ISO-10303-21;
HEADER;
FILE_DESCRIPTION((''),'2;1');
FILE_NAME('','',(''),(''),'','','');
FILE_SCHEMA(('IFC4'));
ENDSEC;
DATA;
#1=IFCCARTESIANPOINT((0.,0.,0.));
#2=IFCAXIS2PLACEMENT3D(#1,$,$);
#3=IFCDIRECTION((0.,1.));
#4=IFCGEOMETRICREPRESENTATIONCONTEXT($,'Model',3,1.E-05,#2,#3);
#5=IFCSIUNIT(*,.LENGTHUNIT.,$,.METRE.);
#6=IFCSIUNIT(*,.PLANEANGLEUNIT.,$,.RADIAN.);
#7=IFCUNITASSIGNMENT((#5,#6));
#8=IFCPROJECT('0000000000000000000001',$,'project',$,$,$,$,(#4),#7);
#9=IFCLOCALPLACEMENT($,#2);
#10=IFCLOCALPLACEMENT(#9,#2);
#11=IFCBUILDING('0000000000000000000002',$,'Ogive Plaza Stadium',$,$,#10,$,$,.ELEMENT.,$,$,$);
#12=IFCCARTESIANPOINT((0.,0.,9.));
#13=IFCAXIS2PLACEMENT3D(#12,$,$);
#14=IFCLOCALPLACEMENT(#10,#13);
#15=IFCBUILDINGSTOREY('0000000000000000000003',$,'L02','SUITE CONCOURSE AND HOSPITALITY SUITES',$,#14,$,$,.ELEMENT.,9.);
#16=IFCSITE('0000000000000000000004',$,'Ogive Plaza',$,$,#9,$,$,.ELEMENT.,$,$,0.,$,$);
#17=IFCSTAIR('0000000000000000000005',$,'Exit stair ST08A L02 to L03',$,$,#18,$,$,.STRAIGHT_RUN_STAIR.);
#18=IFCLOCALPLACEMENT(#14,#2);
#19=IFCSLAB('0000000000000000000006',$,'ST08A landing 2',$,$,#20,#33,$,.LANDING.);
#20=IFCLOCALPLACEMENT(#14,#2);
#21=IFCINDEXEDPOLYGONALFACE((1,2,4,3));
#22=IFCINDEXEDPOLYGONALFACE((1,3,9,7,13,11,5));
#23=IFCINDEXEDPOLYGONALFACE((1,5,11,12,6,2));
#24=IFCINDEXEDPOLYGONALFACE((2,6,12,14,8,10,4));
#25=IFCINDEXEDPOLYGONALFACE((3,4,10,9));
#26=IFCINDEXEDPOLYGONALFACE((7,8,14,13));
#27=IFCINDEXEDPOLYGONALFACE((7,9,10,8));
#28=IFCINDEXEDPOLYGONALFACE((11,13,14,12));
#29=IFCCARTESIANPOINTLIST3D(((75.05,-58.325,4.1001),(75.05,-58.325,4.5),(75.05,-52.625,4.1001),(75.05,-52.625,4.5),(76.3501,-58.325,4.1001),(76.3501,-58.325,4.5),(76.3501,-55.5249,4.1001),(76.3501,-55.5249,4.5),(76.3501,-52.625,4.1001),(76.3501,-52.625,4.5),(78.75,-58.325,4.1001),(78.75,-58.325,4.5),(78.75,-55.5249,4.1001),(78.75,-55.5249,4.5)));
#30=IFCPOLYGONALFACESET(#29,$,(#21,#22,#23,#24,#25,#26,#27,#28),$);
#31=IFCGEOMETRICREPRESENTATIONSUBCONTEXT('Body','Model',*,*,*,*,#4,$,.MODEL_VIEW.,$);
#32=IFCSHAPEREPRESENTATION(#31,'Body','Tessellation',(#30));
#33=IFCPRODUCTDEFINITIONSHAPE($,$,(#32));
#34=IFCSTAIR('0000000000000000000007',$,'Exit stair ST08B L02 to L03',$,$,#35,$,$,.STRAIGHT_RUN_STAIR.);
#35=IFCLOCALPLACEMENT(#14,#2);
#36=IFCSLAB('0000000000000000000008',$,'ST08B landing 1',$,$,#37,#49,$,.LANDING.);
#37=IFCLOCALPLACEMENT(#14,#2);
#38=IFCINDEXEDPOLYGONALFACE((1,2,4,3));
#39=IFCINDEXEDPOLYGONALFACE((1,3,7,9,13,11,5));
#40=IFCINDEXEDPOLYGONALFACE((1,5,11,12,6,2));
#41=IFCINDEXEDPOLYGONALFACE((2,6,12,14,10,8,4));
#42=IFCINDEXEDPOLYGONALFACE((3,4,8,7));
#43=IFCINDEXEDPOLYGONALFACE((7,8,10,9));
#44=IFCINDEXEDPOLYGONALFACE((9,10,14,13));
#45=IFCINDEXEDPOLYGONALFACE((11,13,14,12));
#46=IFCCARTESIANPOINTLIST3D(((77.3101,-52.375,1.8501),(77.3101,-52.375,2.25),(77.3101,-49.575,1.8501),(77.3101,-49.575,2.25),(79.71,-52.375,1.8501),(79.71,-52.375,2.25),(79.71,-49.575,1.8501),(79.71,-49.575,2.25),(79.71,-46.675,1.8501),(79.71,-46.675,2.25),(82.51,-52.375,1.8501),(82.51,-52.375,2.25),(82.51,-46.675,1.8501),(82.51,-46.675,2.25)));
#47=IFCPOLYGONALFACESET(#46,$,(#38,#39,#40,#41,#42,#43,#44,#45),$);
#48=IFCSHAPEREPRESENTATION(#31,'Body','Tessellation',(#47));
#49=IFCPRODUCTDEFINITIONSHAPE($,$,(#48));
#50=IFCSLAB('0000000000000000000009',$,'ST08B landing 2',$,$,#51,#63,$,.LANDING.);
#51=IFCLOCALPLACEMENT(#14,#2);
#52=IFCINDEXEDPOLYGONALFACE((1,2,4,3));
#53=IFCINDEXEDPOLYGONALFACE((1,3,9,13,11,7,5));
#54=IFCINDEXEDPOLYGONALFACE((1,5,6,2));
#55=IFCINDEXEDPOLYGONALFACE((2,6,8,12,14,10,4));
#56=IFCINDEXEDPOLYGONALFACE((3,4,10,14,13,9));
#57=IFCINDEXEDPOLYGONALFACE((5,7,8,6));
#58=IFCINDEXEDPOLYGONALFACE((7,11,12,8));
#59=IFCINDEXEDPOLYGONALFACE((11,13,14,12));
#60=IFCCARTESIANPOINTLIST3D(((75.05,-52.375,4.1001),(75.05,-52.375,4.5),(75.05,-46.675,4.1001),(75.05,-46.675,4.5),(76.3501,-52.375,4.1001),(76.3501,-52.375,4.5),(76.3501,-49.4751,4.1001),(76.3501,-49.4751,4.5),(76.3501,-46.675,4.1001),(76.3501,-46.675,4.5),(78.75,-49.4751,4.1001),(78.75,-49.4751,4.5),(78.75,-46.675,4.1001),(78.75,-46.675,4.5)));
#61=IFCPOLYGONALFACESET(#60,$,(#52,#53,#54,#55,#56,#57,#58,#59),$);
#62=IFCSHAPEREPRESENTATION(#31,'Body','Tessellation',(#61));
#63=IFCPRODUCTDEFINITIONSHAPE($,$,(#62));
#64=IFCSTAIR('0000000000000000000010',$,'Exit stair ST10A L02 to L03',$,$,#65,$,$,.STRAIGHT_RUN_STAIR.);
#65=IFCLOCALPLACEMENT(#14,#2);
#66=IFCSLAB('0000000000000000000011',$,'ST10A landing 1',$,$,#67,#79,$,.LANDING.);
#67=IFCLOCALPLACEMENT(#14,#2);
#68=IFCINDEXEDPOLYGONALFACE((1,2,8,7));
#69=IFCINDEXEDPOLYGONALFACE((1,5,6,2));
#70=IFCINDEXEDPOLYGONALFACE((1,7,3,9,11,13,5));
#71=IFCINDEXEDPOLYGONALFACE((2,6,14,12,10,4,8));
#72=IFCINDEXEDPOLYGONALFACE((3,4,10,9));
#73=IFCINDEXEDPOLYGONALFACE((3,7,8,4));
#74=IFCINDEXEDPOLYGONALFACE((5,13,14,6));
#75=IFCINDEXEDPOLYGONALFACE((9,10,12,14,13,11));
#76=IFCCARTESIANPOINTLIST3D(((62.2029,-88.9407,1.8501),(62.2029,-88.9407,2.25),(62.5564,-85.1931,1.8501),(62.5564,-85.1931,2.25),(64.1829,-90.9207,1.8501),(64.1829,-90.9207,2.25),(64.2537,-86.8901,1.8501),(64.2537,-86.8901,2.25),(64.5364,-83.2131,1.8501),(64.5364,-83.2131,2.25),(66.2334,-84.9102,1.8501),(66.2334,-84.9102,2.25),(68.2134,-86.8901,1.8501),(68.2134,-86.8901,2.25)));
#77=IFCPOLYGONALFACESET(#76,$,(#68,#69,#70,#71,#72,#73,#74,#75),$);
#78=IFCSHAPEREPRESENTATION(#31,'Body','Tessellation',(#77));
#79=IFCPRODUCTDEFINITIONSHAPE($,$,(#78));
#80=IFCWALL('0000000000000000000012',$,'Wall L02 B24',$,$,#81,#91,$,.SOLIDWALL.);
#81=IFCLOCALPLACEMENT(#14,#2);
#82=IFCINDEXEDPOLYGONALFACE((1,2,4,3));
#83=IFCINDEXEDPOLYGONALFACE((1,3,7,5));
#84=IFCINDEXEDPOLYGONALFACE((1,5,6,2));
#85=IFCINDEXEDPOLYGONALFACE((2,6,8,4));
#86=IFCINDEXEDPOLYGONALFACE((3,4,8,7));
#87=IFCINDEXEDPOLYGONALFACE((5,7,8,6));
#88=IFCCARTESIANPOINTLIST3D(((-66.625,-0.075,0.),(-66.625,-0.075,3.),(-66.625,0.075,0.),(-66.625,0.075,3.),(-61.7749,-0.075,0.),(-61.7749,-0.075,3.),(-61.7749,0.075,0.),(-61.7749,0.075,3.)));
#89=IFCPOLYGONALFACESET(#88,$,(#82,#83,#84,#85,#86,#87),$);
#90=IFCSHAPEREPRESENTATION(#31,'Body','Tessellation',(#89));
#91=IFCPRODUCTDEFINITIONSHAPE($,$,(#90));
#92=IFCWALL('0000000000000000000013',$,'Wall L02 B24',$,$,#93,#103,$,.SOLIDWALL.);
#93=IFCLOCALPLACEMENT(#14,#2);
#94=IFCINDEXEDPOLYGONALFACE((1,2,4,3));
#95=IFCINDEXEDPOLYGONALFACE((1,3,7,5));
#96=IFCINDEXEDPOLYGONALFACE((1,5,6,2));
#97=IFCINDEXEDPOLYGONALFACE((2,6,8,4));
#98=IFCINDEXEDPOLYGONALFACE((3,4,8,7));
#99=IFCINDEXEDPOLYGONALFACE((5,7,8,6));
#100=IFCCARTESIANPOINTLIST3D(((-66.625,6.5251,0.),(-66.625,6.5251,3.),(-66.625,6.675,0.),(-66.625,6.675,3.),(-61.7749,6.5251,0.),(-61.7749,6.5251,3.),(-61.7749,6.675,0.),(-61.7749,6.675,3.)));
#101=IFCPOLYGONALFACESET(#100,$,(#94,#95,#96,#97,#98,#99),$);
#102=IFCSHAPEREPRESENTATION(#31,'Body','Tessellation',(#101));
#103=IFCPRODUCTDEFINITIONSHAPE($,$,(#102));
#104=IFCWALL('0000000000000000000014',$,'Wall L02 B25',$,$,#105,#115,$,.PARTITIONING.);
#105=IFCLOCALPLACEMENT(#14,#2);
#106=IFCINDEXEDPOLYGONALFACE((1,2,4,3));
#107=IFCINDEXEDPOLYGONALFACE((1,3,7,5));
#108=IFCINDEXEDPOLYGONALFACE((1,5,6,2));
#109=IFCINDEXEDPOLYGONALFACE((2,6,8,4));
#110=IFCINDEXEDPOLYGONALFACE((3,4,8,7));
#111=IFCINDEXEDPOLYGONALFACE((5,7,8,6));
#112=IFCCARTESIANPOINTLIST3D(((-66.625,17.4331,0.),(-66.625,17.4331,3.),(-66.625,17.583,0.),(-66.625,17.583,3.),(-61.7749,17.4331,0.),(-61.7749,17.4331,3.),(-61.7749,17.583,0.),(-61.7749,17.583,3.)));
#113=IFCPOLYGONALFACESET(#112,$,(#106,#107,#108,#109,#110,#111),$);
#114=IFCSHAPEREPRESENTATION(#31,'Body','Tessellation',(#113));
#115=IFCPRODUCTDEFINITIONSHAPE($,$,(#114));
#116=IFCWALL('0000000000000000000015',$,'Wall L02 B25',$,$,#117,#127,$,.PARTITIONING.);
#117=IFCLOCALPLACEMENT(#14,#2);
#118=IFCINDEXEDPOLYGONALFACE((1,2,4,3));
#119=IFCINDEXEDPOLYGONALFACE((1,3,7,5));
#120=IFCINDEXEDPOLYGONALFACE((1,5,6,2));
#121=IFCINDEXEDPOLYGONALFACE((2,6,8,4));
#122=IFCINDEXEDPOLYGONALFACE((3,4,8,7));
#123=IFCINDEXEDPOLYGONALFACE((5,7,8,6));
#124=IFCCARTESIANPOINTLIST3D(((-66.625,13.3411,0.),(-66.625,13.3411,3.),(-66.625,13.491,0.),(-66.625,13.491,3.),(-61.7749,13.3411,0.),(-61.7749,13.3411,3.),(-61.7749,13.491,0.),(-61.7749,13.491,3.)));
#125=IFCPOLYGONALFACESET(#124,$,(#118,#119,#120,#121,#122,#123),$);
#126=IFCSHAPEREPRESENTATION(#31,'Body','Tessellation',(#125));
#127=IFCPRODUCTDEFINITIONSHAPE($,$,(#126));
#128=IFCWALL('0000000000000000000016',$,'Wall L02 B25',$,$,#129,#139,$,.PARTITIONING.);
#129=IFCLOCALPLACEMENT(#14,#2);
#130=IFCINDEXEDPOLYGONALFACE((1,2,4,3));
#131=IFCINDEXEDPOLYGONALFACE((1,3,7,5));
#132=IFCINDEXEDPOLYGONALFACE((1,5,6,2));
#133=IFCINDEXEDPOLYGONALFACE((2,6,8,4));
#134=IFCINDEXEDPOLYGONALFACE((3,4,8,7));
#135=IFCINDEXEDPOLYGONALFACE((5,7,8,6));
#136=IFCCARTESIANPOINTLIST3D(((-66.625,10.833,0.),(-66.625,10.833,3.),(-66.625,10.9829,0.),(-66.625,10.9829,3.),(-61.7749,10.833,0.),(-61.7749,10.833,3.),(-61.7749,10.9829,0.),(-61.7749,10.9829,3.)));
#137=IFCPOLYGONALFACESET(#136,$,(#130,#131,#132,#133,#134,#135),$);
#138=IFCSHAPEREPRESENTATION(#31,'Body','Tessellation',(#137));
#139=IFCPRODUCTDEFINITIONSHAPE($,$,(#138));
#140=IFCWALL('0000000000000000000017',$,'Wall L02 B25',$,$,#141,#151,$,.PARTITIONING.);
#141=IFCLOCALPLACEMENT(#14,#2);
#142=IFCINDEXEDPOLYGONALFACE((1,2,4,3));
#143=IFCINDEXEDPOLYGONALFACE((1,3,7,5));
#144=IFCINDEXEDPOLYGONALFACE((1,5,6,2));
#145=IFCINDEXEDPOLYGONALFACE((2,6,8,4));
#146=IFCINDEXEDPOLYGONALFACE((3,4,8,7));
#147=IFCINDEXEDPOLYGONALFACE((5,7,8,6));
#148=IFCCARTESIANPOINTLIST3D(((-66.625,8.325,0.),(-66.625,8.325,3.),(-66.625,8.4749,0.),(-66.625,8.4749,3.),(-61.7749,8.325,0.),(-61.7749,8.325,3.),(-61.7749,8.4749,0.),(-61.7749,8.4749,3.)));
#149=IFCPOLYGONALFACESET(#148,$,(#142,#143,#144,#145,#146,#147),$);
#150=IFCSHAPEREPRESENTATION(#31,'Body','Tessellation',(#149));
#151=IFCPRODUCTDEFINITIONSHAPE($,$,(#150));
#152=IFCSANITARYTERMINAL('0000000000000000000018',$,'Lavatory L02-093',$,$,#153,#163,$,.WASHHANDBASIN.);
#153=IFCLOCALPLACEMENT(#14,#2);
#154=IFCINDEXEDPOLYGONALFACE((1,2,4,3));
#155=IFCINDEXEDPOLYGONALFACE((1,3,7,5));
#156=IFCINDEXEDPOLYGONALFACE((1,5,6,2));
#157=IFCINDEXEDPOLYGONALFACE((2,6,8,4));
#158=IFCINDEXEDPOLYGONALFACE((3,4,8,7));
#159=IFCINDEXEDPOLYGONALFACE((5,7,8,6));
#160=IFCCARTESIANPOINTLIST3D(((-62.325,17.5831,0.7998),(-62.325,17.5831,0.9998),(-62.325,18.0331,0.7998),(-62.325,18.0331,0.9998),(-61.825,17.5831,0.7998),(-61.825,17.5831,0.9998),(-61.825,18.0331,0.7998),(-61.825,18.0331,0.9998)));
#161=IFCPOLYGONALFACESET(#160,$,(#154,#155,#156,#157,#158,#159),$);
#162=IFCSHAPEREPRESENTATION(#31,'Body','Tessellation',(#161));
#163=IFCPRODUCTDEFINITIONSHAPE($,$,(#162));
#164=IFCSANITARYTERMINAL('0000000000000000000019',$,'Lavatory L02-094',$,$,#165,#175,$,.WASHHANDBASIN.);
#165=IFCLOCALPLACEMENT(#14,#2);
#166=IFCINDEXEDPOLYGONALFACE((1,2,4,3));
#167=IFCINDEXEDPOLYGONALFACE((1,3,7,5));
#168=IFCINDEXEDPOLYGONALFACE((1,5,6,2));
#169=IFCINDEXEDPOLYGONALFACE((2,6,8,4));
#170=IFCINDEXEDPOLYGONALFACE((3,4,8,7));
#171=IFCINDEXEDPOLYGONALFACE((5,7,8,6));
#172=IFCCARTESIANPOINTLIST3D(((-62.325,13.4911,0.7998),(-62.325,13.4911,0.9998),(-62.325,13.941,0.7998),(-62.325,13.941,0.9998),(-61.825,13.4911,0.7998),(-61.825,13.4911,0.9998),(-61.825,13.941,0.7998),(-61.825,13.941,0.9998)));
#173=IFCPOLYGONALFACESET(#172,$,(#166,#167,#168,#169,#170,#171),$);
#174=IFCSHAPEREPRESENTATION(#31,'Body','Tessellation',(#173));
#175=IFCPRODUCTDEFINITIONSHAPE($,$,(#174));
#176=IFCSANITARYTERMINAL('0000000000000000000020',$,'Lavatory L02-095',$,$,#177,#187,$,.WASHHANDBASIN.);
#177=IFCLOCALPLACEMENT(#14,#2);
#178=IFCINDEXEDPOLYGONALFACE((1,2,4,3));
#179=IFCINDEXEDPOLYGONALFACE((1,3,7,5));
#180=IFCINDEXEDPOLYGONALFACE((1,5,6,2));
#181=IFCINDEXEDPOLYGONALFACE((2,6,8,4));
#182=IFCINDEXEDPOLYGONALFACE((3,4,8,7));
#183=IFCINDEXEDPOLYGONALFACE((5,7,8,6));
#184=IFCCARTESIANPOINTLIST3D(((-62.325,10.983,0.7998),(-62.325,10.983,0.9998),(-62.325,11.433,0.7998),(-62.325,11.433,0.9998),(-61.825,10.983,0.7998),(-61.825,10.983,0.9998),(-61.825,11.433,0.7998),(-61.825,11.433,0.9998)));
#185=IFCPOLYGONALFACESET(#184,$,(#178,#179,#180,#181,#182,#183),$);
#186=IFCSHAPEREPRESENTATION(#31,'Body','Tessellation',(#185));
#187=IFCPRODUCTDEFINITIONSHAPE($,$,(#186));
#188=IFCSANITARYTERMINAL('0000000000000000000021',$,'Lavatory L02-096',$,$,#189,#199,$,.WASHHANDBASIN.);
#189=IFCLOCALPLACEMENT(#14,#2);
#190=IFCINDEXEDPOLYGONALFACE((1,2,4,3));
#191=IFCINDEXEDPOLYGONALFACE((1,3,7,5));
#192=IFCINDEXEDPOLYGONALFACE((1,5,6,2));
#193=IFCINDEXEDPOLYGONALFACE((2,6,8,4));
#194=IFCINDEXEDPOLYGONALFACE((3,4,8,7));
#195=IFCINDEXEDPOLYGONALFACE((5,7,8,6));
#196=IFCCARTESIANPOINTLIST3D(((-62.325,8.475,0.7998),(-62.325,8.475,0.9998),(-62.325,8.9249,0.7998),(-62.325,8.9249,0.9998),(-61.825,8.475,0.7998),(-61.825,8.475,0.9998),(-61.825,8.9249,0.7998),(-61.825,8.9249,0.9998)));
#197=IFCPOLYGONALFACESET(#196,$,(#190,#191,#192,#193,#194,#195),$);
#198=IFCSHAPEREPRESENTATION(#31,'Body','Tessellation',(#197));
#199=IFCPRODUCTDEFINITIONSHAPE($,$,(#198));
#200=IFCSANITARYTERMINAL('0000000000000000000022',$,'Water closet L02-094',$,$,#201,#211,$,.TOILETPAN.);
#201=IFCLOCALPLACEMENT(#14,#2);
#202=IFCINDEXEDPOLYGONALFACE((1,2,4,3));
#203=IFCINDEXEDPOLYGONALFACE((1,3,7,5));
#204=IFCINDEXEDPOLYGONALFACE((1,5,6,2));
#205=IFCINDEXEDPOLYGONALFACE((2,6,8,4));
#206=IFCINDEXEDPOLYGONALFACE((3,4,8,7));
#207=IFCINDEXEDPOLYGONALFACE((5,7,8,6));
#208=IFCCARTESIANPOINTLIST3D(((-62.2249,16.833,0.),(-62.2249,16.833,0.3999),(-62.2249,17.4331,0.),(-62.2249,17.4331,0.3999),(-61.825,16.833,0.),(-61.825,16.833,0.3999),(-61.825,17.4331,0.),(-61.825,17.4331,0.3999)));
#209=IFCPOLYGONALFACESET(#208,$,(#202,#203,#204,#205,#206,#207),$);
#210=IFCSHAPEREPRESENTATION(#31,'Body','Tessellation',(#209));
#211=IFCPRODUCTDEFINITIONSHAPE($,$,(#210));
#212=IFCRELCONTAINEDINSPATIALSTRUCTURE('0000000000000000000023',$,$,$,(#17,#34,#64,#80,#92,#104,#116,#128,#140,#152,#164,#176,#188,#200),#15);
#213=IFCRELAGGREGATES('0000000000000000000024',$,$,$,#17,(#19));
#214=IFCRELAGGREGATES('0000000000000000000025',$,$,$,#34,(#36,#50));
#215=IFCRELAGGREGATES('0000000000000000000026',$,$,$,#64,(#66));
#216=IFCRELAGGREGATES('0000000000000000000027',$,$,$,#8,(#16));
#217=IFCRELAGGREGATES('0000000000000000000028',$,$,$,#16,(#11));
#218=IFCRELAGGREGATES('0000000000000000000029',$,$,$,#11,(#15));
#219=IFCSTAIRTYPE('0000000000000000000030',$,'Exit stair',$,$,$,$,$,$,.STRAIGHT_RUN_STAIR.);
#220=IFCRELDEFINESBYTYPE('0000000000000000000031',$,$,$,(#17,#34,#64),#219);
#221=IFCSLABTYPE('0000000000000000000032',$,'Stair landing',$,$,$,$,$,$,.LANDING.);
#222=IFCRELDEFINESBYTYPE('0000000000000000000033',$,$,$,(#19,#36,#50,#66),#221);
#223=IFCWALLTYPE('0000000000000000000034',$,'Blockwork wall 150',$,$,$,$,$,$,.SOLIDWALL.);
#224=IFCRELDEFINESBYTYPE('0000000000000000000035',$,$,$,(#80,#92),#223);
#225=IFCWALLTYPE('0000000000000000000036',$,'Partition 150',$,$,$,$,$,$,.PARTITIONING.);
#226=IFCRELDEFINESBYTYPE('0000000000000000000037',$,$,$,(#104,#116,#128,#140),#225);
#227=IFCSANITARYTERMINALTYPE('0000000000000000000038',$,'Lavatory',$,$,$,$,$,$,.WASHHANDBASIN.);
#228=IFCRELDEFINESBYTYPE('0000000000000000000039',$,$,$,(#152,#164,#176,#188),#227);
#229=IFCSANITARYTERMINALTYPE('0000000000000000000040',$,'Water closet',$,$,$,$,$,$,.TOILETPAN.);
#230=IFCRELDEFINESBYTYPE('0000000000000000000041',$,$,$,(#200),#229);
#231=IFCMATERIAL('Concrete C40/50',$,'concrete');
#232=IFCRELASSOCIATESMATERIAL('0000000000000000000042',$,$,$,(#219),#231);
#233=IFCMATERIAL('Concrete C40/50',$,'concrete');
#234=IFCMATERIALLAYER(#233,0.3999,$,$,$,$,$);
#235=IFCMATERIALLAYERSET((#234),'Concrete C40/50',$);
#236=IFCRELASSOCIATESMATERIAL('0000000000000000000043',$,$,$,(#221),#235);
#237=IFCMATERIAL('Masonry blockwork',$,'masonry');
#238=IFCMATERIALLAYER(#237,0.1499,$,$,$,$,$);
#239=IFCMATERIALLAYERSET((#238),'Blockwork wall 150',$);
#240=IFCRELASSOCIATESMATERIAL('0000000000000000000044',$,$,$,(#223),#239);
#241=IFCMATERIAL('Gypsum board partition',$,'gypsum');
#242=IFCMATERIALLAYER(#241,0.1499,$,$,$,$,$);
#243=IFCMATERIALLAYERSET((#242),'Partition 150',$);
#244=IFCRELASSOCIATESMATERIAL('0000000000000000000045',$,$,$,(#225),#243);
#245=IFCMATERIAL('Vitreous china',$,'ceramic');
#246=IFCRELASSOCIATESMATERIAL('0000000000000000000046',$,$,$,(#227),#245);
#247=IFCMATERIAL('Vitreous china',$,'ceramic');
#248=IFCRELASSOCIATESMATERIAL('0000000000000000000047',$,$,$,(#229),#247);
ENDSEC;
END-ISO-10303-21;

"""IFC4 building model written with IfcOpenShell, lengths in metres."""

from ifc_helpers import new_model, si_unit, direction, frame, frame_2d, origin, origin_2d, place, context, subcontext, project, spatial, polyline, rectangle, outline, extrude, material, layer, layer_set, type_object, element, aggregate, save


model = new_model("IFC4")

# Units and contexts
model_context = context("Model", 3, precision=1e-05, world=origin(), true_north=direction((0.0, 1.0)))
body_context = subcontext(model_context, "Body", "Model", "MODEL_VIEW")
ifc_project = project(units=[si_unit("LENGTHUNIT", "METRE"), si_unit("PLANEANGLEUNIT", "RADIAN")], contexts=[model_context])

# Site, building, storey
site_placement = place(None, origin())
site = spatial("IfcSite", under=ifc_project, at=site_placement, Name="Ogive Plaza", CompositionType="ELEMENT", RefElevation=0.0)
building_placement = place(site_placement, origin())
building = spatial("IfcBuilding", under=site, at=building_placement, Name="Ogive Plaza Stadium", CompositionType="ELEMENT")
storey_placement = place(building_placement, frame((0.0, 0.0, 9.0)))
storey = spatial("IfcBuildingStorey", under=building, at=storey_placement, Name="L02", Description="SUITE CONCOURSE AND HOSPITALITY SUITES", CompositionType="ELEMENT", Elevation=9.0)

# Shared definitions
ifc_material_1 = material(Name="Concrete C40/50", Category="concrete")
stair_type = type_object("IfcStairType", Name="Exit stair", PredefinedType="STRAIGHT_RUN_STAIR", material=ifc_material_1)
ifc_material_2 = material(Name="Concrete C40/50", Category="concrete")
ifc_layer_1 = layer(ifc_material_2, 0.3999)
ifc_layer_set_1 = layer_set([ifc_layer_1], Name="Concrete C40/50")
slab_type = type_object("IfcSlabType", Name="Stair landing", PredefinedType="LANDING", material=ifc_layer_set_1)

# Stairs, slabs
stair_1_placement = place(storey_placement, origin())
stair_1 = element("IfcStair", 1, at=stair_1_placement, inside=storey, type_object=stair_type, Name="Exit stair ST08A L02 to L03", PredefinedType="STRAIGHT_RUN_STAIR")
slab_1_placement = place(storey_placement, frame((0.0, 0.0, 4.1001)))
slab_1 = element("IfcSlab", 2, at=slab_1_placement, type_object=slab_type, Name="ST08A landing 2", PredefinedType="LANDING", context=body_context, shape_type="SweptSolid", body=[
    extrude(outline(polyline([(78.75, -55.5249), (78.75, -58.325), (76.3501, -58.325), (75.05, -58.325), (75.05, -52.625), (76.3501, -52.625), (76.3501, -55.5249), (78.75, -55.5249)])), origin(), (0.0, 0.0, 1.0), 0.3999),
])
aggregate(stair_1, [slab_1])
stair_2_placement = place(storey_placement, origin())
stair_2 = element("IfcStair", 3, at=stair_2_placement, inside=storey, type_object=stair_type, Name="Exit stair ST08B L02 to L03", PredefinedType="STRAIGHT_RUN_STAIR")
slab_2_placement = place(storey_placement, frame((0.0, 0.0, 1.8501)))
slab_2 = element("IfcSlab", 4, at=slab_2_placement, type_object=slab_type, Name="ST08B landing 1", PredefinedType="LANDING", context=body_context, shape_type="SweptSolid", body=[
    extrude(outline(polyline([(77.3101, -52.375), (77.3101, -49.575), (79.71, -49.575), (79.71, -46.675), (82.51, -46.675), (82.51, -52.375), (79.71, -52.375), (77.3101, -52.375)])), origin(), (0.0, 0.0, 1.0), 0.3999),
])
slab_3_placement = place(storey_placement, frame((0.0, 0.0, 4.1001)))
slab_3 = element("IfcSlab", 5, at=slab_3_placement, type_object=slab_type, Name="ST08B landing 2", PredefinedType="LANDING", context=body_context, shape_type="SweptSolid", body=[
    extrude(outline(polyline([(76.3501, -52.375), (75.05, -52.375), (75.05, -46.675), (76.3501, -46.675), (78.75, -46.675), (78.75, -49.4751), (76.3501, -49.4751), (76.3501, -52.375)])), origin(), (0.0, 0.0, 1.0), 0.3999),
])
aggregate(stair_2, [slab_2, slab_3])

# Stair, slab
stair_3_placement = place(storey_placement, origin())
stair_3 = element("IfcStair", 6, at=stair_3_placement, inside=storey, type_object=stair_type, Name="Exit stair ST10A L02 to L03", PredefinedType="STRAIGHT_RUN_STAIR")
slab_4_placement = place(storey_placement, frame((0.0, 0.0, 1.8501)))
slab_4 = element("IfcSlab", 7, at=slab_4_placement, type_object=slab_type, Name="ST10A landing 1", PredefinedType="LANDING", context=body_context, shape_type="SweptSolid", body=[
    extrude(outline(polyline([(68.2134, -86.8901), (64.1829, -90.9207), (62.2029, -88.9407), (64.2537, -86.8901), (62.5564, -85.1931), (64.5364, -83.2131), (66.2334, -84.9102), (68.2134, -86.8901)])), origin(), (0.0, 0.0, 1.0), 0.3999),
])
aggregate(stair_3, [slab_4])

# Walls
ifc_material_3 = material(Name="Masonry blockwork", Category="masonry")
ifc_layer_2 = layer(ifc_material_3, 0.1499)
ifc_layer_set_2 = layer_set([ifc_layer_2], Name="Blockwork wall 150")
wall_type_1 = type_object("IfcWallType", Name="Blockwork wall 150", PredefinedType="SOLIDWALL", material=ifc_layer_set_2)
for number, where, z_axis, x_axis, name in (
    (8, (-61.7749, 0.0, 0.0), (0.0, 0.0, 1.0), (-1.0, 0.0, 0.0), "Wall L02 B24"),
    (9, (-61.7749, 6.6001, 0.0), (0.0, 0.0, 1.0), (-1.0, 0.0, 0.0), "Wall L02 B24"),
):
    element("IfcWall", number, at=place(storey_placement, frame(where, z_axis=z_axis, x_axis=x_axis)), inside=storey, type_object=wall_type_1, Name=name, PredefinedType="SOLIDWALL", context=body_context, shape_type="SweptSolid", body=[
        extrude(rectangle(XDim=4.8501, YDim=0.1499, at=frame_2d((2.425, 0.0))), origin(), (0.0, 0.0, 1.0), 3.0),
    ])
ifc_material_4 = material(Name="Gypsum board partition", Category="gypsum")
ifc_layer_3 = layer(ifc_material_4, 0.1499)
ifc_layer_set_3 = layer_set([ifc_layer_3], Name="Partition 150")
wall_type_2 = type_object("IfcWallType", Name="Partition 150", PredefinedType="PARTITIONING", material=ifc_layer_set_3)
for number, where, z_axis, x_axis, name in (
    (10, (-61.7749, 17.5081, 0.0), (0.0, 0.0, 1.0), (-1.0, 0.0, 0.0), "Wall L02 B25"),
    (11, (-61.7749, 13.416, 0.0), (0.0, 0.0, 1.0), (-1.0, 0.0, 0.0), "Wall L02 B25"),
    (12, (-61.7749, 10.908, 0.0), (0.0, 0.0, 1.0), (-1.0, 0.0, 0.0), "Wall L02 B25"),
    (13, (-61.7749, 8.3999, 0.0), (0.0, 0.0, 1.0), (-1.0, 0.0, 0.0), "Wall L02 B25"),
):
    element("IfcWall", number, at=place(storey_placement, frame(where, z_axis=z_axis, x_axis=x_axis)), inside=storey, type_object=wall_type_2, Name=name, PredefinedType="PARTITIONING", context=body_context, shape_type="SweptSolid", body=[
        extrude(rectangle(XDim=4.8501, YDim=0.1499, at=frame_2d((2.425, 0.0))), origin(), (0.0, 0.0, 1.0), 3.0),
    ])

# Sanitary terminals
ifc_material_5 = material(Name="Vitreous china", Category="ceramic")
sanitary_terminal_type_1 = type_object("IfcSanitaryTerminalType", Name="Lavatory", PredefinedType="WASHHANDBASIN", material=ifc_material_5)
for number, where, z_axis, x_axis, name in (
    (14, (-62.075, 17.8081, 0.7998), (0.0, 0.0, 1.0), (-1.0, 0.0, 0.0), "Lavatory L02-093"),
    (15, (-62.075, 13.7161, 0.7998), (0.0, 0.0, 1.0), (-1.0, 0.0, 0.0), "Lavatory L02-094"),
    (16, (-62.075, 11.208, 0.7998), (0.0, 0.0, 1.0), (-1.0, 0.0, 0.0), "Lavatory L02-095"),
    (17, (-62.075, 8.7, 0.7998), (0.0, 0.0, 1.0), (-1.0, 0.0, 0.0), "Lavatory L02-096"),
):
    element("IfcSanitaryTerminal", number, at=place(storey_placement, frame(where, z_axis=z_axis, x_axis=x_axis)), inside=storey, type_object=sanitary_terminal_type_1, Name=name, PredefinedType="WASHHANDBASIN", context=body_context, shape_type="SweptSolid", body=[
        extrude(rectangle(XDim=0.5, YDim=0.45, at=origin_2d()), origin(), (0.0, 0.0, 1.0), 0.2),
    ])
ifc_material_6 = material(Name="Vitreous china", Category="ceramic")
sanitary_terminal_type_2 = type_object("IfcSanitaryTerminalType", Name="Water closet", PredefinedType="TOILETPAN", material=ifc_material_6)
for number, where, z_axis, x_axis, name in (
    (18, (-62.0249, 17.1331, 0.0), (0.0, 0.0, 1.0), (-1.0, 0.0, 0.0), "Water closet L02-094"),
):
    element("IfcSanitaryTerminal", number, at=place(storey_placement, frame(where, z_axis=z_axis, x_axis=x_axis)), inside=storey, type_object=sanitary_terminal_type_2, Name=name, PredefinedType="TOILETPAN", context=body_context, shape_type="SweptSolid", body=[
        extrude(rectangle(XDim=0.3999, YDim=0.6001, at=origin_2d()), origin(), (0.0, 0.0, 1.0), 0.3999),
    ])

save(model, "model.ifc")
